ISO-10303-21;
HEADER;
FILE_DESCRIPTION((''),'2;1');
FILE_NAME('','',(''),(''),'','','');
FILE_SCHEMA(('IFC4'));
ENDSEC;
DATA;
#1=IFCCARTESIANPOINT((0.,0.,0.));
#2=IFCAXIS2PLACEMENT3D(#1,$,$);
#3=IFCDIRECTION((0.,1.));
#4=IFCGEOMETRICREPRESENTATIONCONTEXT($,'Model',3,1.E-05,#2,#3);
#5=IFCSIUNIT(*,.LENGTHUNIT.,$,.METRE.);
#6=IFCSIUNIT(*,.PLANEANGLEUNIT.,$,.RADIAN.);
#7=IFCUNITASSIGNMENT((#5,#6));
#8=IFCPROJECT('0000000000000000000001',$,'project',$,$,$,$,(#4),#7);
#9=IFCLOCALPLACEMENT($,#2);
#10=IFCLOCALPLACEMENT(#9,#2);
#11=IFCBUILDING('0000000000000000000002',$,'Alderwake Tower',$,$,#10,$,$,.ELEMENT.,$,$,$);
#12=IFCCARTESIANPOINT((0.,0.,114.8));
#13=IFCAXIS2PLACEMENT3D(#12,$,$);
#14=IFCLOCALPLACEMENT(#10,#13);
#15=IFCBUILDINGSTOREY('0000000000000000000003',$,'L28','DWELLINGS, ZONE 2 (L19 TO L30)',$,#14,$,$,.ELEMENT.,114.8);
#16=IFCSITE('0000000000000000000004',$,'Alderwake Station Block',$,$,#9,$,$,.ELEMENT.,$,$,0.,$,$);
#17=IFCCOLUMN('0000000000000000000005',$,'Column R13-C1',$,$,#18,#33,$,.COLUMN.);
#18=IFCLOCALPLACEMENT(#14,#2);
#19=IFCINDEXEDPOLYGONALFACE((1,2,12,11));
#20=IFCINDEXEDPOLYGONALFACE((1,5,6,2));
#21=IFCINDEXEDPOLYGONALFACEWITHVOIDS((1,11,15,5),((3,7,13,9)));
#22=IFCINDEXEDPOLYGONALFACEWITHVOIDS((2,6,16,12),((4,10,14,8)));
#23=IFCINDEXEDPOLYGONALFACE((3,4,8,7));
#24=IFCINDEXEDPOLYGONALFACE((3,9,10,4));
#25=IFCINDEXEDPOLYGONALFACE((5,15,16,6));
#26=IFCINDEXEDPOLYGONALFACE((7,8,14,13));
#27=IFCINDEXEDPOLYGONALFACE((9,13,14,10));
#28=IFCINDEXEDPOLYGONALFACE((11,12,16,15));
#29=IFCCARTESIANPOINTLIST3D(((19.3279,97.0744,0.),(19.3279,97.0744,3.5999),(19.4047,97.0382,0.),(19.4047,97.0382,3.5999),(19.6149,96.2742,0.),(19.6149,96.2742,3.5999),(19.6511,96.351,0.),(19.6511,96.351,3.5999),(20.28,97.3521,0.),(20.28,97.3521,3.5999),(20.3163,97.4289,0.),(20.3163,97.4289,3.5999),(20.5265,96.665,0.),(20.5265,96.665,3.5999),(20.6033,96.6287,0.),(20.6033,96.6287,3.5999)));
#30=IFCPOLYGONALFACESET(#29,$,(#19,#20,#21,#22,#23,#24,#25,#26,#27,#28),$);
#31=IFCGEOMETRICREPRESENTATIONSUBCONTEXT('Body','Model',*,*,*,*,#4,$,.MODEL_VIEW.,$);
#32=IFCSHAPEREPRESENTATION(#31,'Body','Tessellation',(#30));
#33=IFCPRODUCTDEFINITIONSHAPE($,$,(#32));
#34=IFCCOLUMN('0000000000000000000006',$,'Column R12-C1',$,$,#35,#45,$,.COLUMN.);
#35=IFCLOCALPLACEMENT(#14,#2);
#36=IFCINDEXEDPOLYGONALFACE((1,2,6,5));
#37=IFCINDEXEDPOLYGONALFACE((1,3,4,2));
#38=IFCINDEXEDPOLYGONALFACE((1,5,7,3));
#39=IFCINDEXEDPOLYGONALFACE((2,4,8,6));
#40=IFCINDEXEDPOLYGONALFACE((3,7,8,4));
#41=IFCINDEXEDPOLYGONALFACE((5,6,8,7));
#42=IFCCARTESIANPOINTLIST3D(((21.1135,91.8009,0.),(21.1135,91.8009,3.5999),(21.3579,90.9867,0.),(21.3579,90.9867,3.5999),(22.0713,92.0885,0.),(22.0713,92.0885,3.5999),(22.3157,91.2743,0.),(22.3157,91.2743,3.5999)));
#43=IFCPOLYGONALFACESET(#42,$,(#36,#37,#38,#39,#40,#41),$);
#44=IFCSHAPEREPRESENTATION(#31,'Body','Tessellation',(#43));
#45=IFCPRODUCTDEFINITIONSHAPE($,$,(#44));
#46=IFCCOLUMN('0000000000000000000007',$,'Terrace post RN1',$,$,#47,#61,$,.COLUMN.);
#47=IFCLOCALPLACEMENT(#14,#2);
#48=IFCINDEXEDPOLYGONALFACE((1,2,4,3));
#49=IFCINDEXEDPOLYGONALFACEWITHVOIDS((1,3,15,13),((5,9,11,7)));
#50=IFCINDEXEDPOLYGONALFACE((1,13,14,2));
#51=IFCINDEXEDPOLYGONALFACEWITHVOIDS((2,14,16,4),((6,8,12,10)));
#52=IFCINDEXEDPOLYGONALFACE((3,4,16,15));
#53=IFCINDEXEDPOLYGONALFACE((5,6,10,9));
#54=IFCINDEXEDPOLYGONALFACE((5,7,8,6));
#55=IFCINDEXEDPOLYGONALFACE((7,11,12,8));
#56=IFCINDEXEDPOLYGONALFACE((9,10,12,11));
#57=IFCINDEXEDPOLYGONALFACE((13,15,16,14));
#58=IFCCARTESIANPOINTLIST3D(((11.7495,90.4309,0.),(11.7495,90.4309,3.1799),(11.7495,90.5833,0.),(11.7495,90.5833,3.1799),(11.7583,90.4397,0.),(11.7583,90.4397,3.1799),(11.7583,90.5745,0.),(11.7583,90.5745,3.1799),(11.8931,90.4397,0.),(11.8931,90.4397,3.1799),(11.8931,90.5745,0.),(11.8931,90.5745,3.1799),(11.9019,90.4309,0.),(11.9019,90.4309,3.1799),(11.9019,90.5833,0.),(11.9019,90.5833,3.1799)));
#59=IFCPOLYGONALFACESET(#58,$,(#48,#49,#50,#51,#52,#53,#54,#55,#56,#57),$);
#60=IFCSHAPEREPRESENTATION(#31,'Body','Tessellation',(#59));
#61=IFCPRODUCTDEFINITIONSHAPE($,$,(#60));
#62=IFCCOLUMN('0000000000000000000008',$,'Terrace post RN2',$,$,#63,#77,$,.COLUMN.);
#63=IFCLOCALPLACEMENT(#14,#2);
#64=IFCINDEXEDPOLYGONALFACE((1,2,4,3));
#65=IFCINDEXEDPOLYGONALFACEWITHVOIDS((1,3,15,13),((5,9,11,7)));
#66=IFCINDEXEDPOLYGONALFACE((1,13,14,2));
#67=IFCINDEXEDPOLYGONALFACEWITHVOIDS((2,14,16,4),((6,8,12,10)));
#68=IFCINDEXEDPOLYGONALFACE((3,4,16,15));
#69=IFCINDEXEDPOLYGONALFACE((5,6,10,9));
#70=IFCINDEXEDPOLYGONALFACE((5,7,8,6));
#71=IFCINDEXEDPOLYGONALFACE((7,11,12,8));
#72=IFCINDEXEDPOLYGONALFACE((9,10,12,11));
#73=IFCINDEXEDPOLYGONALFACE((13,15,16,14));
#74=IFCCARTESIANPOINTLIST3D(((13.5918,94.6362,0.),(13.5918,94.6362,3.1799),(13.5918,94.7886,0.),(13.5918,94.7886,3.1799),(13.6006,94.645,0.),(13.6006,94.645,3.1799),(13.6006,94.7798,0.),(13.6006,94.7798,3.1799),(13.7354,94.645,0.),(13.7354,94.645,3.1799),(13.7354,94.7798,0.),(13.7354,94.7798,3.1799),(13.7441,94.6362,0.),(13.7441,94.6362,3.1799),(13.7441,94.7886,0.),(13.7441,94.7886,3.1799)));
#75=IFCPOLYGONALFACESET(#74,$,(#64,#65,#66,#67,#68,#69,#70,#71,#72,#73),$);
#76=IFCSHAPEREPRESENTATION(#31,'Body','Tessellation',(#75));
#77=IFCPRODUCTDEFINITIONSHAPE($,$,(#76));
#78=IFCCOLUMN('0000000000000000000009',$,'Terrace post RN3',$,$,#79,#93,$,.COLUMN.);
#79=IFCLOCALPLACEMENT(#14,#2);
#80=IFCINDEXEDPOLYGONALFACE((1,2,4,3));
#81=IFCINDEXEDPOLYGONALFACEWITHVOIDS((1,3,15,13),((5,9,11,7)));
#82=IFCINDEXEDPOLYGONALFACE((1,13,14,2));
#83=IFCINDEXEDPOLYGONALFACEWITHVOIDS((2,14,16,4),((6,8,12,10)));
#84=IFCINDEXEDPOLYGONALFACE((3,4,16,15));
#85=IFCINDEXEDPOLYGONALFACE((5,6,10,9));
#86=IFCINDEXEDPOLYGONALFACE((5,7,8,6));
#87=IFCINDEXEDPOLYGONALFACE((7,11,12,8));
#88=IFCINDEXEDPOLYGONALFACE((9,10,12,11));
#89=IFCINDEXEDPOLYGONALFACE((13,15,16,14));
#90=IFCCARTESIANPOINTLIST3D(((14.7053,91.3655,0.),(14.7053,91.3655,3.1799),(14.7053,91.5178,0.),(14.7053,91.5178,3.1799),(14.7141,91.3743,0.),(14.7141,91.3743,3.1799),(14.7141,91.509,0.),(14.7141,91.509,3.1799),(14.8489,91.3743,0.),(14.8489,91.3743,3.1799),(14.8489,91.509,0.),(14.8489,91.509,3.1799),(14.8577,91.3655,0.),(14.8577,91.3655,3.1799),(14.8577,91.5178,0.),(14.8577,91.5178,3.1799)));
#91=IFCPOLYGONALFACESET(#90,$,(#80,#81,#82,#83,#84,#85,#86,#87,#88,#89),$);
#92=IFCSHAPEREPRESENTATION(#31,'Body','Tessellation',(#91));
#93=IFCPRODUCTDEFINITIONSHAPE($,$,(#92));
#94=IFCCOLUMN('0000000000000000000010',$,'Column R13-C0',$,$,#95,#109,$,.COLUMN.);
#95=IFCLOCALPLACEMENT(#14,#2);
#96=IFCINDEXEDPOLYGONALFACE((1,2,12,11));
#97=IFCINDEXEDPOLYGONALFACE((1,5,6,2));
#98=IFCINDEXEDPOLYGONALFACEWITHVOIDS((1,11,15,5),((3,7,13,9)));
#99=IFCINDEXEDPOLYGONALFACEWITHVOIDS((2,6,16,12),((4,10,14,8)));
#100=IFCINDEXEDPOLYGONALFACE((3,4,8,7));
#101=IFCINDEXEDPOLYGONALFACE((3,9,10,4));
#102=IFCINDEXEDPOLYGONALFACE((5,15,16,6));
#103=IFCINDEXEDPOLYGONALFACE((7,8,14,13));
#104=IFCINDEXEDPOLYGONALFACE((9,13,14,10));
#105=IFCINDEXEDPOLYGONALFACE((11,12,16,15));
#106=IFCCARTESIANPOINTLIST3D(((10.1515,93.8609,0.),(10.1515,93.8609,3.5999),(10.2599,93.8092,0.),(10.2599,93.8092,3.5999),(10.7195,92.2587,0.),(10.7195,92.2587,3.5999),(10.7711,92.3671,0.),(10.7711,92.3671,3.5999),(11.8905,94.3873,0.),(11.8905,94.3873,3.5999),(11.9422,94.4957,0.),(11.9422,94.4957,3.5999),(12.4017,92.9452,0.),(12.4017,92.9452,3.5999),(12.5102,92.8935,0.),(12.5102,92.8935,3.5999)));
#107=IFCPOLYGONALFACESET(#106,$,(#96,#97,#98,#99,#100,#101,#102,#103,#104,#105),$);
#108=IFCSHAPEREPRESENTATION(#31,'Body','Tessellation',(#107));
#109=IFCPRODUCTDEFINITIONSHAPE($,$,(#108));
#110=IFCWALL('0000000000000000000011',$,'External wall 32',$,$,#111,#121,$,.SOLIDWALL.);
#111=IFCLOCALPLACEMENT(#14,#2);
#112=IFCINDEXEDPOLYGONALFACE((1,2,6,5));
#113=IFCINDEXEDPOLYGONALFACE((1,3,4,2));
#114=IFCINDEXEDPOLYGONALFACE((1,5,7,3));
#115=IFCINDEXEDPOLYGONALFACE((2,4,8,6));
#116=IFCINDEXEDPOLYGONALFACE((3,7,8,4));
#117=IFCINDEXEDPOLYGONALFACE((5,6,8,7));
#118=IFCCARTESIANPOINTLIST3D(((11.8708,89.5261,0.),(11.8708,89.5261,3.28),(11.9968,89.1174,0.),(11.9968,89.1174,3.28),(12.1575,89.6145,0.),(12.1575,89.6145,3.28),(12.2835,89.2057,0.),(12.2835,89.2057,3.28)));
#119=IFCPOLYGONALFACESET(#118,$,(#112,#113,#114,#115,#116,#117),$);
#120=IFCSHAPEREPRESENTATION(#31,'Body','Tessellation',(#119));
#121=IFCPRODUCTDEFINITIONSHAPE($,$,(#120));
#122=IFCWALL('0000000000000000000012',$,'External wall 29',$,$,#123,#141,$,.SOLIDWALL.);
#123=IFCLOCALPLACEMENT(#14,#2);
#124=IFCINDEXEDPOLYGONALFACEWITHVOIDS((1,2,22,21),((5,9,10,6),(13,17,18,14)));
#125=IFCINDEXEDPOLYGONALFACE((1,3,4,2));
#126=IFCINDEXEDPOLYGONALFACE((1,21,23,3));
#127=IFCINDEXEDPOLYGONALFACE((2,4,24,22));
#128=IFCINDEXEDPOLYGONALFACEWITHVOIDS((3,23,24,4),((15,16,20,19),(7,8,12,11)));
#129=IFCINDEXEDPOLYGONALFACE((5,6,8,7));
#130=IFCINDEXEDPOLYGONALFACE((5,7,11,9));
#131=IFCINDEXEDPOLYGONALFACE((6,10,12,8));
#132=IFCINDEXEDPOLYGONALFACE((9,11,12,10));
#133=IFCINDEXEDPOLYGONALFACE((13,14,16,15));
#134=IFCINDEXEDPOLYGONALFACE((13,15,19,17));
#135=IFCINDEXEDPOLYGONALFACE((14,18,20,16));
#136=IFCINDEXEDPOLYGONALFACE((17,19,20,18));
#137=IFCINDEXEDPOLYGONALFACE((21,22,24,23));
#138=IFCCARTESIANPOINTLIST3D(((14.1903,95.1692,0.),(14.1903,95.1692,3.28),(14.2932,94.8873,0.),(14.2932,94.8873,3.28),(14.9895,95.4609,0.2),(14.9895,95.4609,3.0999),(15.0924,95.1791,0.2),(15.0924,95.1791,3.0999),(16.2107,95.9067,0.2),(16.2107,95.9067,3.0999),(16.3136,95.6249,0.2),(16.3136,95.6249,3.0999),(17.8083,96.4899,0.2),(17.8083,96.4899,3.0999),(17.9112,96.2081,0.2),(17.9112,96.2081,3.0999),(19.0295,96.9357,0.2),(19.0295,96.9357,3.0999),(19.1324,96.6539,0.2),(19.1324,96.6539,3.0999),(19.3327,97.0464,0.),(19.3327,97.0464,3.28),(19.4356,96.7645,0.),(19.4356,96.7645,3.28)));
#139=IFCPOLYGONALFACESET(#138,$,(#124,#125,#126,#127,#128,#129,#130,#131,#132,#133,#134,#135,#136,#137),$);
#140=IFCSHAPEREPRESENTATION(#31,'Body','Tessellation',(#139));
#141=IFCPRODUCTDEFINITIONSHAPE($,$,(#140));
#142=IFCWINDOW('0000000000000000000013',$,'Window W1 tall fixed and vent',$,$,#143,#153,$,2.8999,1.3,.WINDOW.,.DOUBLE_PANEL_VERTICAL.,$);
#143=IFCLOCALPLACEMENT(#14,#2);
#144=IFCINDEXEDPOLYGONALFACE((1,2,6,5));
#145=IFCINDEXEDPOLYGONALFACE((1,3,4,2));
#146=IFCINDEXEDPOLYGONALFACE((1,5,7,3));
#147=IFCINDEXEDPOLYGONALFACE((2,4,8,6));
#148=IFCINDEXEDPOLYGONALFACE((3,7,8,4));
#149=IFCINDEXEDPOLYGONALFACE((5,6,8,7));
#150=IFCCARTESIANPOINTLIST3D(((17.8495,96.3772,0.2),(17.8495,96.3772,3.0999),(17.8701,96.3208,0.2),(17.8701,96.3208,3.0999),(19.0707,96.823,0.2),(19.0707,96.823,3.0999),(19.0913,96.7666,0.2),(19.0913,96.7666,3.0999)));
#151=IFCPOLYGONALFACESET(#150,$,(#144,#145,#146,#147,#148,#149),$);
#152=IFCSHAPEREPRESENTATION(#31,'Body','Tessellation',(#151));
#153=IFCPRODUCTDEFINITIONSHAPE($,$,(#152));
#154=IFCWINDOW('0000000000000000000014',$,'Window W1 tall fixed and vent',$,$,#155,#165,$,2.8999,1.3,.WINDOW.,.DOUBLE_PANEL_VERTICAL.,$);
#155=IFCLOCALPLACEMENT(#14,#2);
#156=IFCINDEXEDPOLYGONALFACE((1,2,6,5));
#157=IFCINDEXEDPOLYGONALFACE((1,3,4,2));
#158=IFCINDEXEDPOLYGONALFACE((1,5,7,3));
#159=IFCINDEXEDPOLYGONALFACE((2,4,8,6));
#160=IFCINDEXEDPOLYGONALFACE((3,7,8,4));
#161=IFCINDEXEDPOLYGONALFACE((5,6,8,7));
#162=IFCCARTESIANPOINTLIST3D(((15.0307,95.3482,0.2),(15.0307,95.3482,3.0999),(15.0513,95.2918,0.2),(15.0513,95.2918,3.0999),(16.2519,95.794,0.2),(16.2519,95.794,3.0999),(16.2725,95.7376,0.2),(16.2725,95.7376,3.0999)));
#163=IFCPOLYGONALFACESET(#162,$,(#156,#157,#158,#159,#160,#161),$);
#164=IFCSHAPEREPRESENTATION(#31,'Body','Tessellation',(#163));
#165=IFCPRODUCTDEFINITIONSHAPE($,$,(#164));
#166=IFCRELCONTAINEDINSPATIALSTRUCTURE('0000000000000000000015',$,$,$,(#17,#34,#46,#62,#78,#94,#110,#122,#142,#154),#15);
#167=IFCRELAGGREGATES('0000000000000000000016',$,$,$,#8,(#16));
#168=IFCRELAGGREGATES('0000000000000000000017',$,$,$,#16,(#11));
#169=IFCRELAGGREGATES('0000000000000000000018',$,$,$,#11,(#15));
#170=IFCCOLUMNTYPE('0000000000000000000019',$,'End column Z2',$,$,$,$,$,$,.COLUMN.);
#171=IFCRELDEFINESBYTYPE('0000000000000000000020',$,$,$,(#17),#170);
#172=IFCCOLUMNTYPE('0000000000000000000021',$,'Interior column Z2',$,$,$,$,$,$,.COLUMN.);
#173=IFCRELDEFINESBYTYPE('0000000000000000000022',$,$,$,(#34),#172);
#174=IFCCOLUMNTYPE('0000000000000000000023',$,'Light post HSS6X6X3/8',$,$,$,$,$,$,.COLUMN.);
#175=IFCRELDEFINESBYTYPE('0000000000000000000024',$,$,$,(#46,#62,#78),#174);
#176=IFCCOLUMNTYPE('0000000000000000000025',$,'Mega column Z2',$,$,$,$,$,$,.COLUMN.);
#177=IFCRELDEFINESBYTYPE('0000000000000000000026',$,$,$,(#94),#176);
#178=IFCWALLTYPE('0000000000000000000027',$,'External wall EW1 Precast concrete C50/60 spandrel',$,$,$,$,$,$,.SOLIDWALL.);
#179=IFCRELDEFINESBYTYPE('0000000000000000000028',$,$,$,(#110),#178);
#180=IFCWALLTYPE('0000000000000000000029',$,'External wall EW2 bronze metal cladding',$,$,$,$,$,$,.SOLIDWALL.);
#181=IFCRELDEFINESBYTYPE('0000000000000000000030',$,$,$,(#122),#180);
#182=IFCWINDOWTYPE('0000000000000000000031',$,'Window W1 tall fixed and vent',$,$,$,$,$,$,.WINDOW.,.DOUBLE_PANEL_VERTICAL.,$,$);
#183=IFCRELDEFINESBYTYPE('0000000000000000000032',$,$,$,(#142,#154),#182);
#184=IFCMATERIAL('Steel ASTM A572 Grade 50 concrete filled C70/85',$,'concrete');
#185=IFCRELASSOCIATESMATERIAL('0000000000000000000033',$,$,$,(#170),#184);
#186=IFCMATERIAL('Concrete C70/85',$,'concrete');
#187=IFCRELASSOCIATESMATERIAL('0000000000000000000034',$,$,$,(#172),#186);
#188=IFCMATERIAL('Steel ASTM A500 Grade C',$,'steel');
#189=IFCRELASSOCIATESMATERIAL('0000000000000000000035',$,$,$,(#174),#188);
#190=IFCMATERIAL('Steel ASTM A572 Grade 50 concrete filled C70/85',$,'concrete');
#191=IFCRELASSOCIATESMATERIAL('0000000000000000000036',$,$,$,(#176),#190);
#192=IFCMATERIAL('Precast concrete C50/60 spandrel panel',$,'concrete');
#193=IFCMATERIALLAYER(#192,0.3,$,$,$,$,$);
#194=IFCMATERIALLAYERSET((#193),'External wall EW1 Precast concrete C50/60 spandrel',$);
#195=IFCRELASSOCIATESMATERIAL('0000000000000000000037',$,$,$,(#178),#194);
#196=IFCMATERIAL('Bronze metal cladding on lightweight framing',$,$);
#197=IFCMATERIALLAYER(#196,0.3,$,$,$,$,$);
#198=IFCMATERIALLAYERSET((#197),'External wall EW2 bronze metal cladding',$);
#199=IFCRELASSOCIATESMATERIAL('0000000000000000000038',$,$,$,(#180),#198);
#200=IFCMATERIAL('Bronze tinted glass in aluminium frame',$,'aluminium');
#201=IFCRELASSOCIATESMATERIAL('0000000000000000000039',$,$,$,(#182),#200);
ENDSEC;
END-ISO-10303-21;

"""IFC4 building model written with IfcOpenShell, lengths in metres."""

from ifc_helpers import new_model, si_unit, direction, frame, frame_2d, origin, origin_2d, place, context, subcontext, project, spatial, rectangle, hollow_rectangle, extrude, material, layer, layer_set, material_profile, profile_set, type_object, element, fill, save


model = new_model("IFC4")

# Units and contexts
model_context = context("Model", 3, precision=1e-05, world=origin(), true_north=direction((0.0, 1.0)))
body_context = subcontext(model_context, "Body", "Model", "MODEL_VIEW")
ifc_project = project(units=[si_unit("LENGTHUNIT", "METRE"), si_unit("PLANEANGLEUNIT", "RADIAN")], contexts=[model_context])

# Site, building, storey
site_placement = place(None, origin())
site = spatial("IfcSite", under=ifc_project, at=site_placement, Name="Alderwake Station Block", CompositionType="ELEMENT", RefElevation=0.0)
building_placement = place(site_placement, origin())
building = spatial("IfcBuilding", under=site, at=building_placement, Name="Alderwake Tower", CompositionType="ELEMENT")
storey_placement = place(building_placement, frame((0.0, 0.0, 114.8)))
storey = spatial("IfcBuildingStorey", under=building, at=storey_placement, Name="L28", Description="DWELLINGS, ZONE 2 (L19 TO L30)", CompositionType="ELEMENT", Elevation=114.8)

# Columns
ifc_material_1 = material(Name="Steel ASTM A572 Grade 50 concrete filled C70/85", Category="concrete")
ifc_material_profile_1 = material_profile(ifc_material_1, hollow_rectangle(XDim=0.8501, YDim=1.05, WallThickness=0.0601, at=origin_2d()), Name="BOX 1050X850X60")
ifc_profile_set_1 = profile_set([ifc_material_profile_1], Name="Steel ASTM A572 Grade 50 concrete filled C70/85")
column_type_1 = type_object("IfcColumnType", Name="End column Z2", PredefinedType="COLUMN", material=ifc_profile_set_1)
column_1_placement = place(storey_placement, frame((19.9656, 96.8516, 0.0), z_axis=(0.0, 0.0, 1.0), x_axis=(-0.337585, 0.941295, 0.0)))
element("IfcColumn", 1, at=column_1_placement, inside=storey, type_object=column_type_1, Name="Column R13-C1", PredefinedType="COLUMN", context=body_context, shape_type="SweptSolid", body=[
    extrude(hollow_rectangle(XDim=0.8501, YDim=1.05, WallThickness=0.0601, at=origin_2d()), origin(), (0.0, 0.0, 1.0), 3.5999),
])
ifc_material_2 = material(Name="Concrete C70/85", Category="concrete")
ifc_material_profile_2 = material_profile(ifc_material_2, rectangle(XDim=0.8501, YDim=1.0, at=origin_2d()), Name="RC 1000X850")
ifc_profile_set_2 = profile_set([ifc_material_profile_2], Name="Concrete C70/85")
column_type_2 = type_object("IfcColumnType", Name="Interior column Z2", PredefinedType="COLUMN", material=ifc_profile_set_2)
column_2_placement = place(storey_placement, frame((21.7146, 91.5376, 0.0), z_axis=(0.0, 0.0, 1.0), x_axis=(-0.287549, 0.957766, 0.0)))
element("IfcColumn", 2, at=column_2_placement, inside=storey, type_object=column_type_2, Name="Column R12-C1", PredefinedType="COLUMN", context=body_context, shape_type="SweptSolid", body=[
    extrude(rectangle(XDim=0.8501, YDim=1.0, at=origin_2d()), origin(), (0.0, 0.0, 1.0), 3.5999),
])
ifc_material_3 = material(Name="Steel ASTM A500 Grade C", Category="steel")
ifc_material_profile_3 = material_profile(ifc_material_3, hollow_rectangle(XDim=0.1523, YDim=0.1523, WallThickness=0.0088, at=origin_2d()), Name="HSS6X6X3/8")
ifc_profile_set_3 = profile_set([ifc_material_profile_3], Name="Steel ASTM A500 Grade C")
column_type_3 = type_object("IfcColumnType", Name="Light post HSS6X6X3/8", PredefinedType="COLUMN", material=ifc_profile_set_3)
for number, where, z_axis, x_axis, name in (
    (3, (11.8257, 90.5071, 0.0), (0.0, 0.0, 1.0), (1.0, 0.0, 0.0), "Terrace post RN1"),
    (4, (13.668, 94.7124, 0.0), (0.0, 0.0, 1.0), (1.0, 0.0, 0.0), "Terrace post RN2"),
    (5, (14.7815, 91.4417, 0.0), (0.0, 0.0, 1.0), (1.0, 0.0, 0.0), "Terrace post RN3"),
):
    element("IfcColumn", number, at=place(storey_placement, frame(where, z_axis=z_axis, x_axis=x_axis)), inside=storey, type_object=column_type_3, Name=name, PredefinedType="COLUMN", context=body_context, shape_type="SweptSolid", body=[
        extrude(hollow_rectangle(XDim=0.1523, YDim=0.1523, WallThickness=0.0088, at=origin_2d()), origin(), (0.0, 0.0, 1.0), 3.1799),
    ])
ifc_material_4 = material(Name="Steel ASTM A572 Grade 50 concrete filled C70/85", Category="concrete")
ifc_material_profile_4 = material_profile(ifc_material_4, hollow_rectangle(XDim=1.7, YDim=1.8999, WallThickness=0.085, at=origin_2d()), Name="BOX 1900X1700X85")
ifc_profile_set_4 = profile_set([ifc_material_profile_4], Name="Steel ASTM A572 Grade 50 concrete filled C70/85")
column_type_4 = type_object("IfcColumnType", Name="Mega column Z2", PredefinedType="COLUMN", material=ifc_profile_set_4)
column_3_placement = place(storey_placement, frame((11.3308, 93.3772, 0.0), z_axis=(0.0, 0.0, 1.0), x_axis=(-0.334131, 0.942527, 0.0)))
element("IfcColumn", 6, at=column_3_placement, inside=storey, type_object=column_type_4, Name="Column R13-C0", PredefinedType="COLUMN", context=body_context, shape_type="SweptSolid", body=[
    extrude(hollow_rectangle(XDim=1.7, YDim=1.8999, WallThickness=0.085, at=origin_2d()), origin(), (0.0, 0.0, 1.0), 3.5999),
])

# Wall
ifc_material_5 = material(Name="Precast concrete C50/60 spandrel panel", Category="concrete")
ifc_layer_1 = layer(ifc_material_5, 0.3)
ifc_layer_set_1 = layer_set([ifc_layer_1], Name="External wall EW1 Precast concrete C50/60 spandrel")
wall_type_1 = type_object("IfcWallType", Name="External wall EW1 Precast concrete C50/60 spandrel", PredefinedType="SOLIDWALL", material=ifc_layer_set_1)
wall_1_placement = place(storey_placement, frame((12.0142, 89.5703, 0.0), z_axis=(0.0, 0.0, 1.0), x_axis=(0.294567, -0.955631, 0.0)))
element("IfcWall", 7, at=wall_1_placement, inside=storey, type_object=wall_type_1, Name="External wall 32", PredefinedType="SOLIDWALL", context=body_context, shape_type="SweptSolid", body=[
    extrude(rectangle(XDim=0.4277, YDim=0.3, at=frame_2d((0.2139, 0.0))), origin(), (0.0, 0.0, 1.0), 3.28),
])

# Wall, openings, windows
ifc_material_6 = material(Name="Bronze metal cladding on lightweight framing")
ifc_layer_2 = layer(ifc_material_6, 0.3)
ifc_layer_set_2 = layer_set([ifc_layer_2], Name="External wall EW2 bronze metal cladding")
wall_type_2 = type_object("IfcWallType", Name="External wall EW2 bronze metal cladding", PredefinedType="SOLIDWALL", material=ifc_layer_set_2)
wall_2_placement = place(storey_placement, frame((19.3843, 96.9055, 0.0), z_axis=(0.0, 0.0, 1.0), x_axis=(-0.939367, -0.342914, 0.0)))
wall_2 = element("IfcWall", 8, at=wall_2_placement, inside=storey, type_object=wall_type_2, Name="External wall 29", PredefinedType="SOLIDWALL", context=body_context, shape_type="SweptSolid", body=[
    extrude(rectangle(XDim=5.4744, YDim=0.3, at=frame_2d((2.7373, 0.0))), origin(), (0.0, 0.0, 1.0), 3.28),
])
opening_1_placement = place(wall_2_placement, frame((0.323, 0.0, 0.2)))
opening_1 = element("IfcOpeningElement", 9, at=opening_1_placement, cuts=wall_2, PredefinedType="OPENING", context=body_context, shape_type="SweptSolid", body=[
    extrude(rectangle(XDim=1.3, YDim=2.8999, at=frame_2d((0.6499, 1.45))), frame((0.0, 0.1599, 0.0), z_axis=(0.0, -1.0, 0.0), x_axis=(1.0, 0.0, 0.0)), (0.0, 0.0, 1.0), 0.3201),
])
opening_2_placement = place(wall_2_placement, frame((3.3237, 0.0, 0.2)))
opening_2 = element("IfcOpeningElement", 10, at=opening_2_placement, cuts=wall_2, PredefinedType="OPENING", context=body_context, shape_type="SweptSolid", body=[
    extrude(rectangle(XDim=1.3, YDim=2.8999, at=frame_2d((0.6499, 1.45))), frame((0.0, 0.1599, 0.0), z_axis=(0.0, -1.0, 0.0), x_axis=(1.0, 0.0, 0.0)), (0.0, 0.0, 1.0), 0.3201),
])
ifc_material_7 = material(Name="Bronze tinted glass in aluminium frame", Category="aluminium")
window_type = type_object("IfcWindowType", Name="Window W1 tall fixed and vent", PartitioningType="DOUBLE_PANEL_VERTICAL", PredefinedType="WINDOW", material=ifc_material_7)
window_1_placement = place(opening_1_placement, origin())
window_1 = element("IfcWindow", 11, at=window_1_placement, inside=storey, type_object=window_type, Name="Window W1 tall fixed and vent", OverallHeight=2.8999, OverallWidth=1.3, PartitioningType="DOUBLE_PANEL_VERTICAL", PredefinedType="WINDOW", context=body_context, shape_type="SweptSolid", body=[
    extrude(rectangle(XDim=1.3, YDim=2.8999, at=frame_2d((0.6499, 1.45))), frame((0.0, 0.03, 0.0), z_axis=(0.0, -1.0, 0.0), x_axis=(1.0, 0.0, 0.0)), (0.0, 0.0, 1.0), 0.0601),
])
fill(opening_1, window_1)
window_2_placement = place(opening_2_placement, origin())
window_2 = element("IfcWindow", 12, at=window_2_placement, inside=storey, type_object=window_type, Name="Window W1 tall fixed and vent", OverallHeight=2.8999, OverallWidth=1.3, PartitioningType="DOUBLE_PANEL_VERTICAL", PredefinedType="WINDOW", context=body_context, shape_type="SweptSolid", body=[
    extrude(rectangle(XDim=1.3, YDim=2.8999, at=frame_2d((0.6499, 1.45))), frame((0.0, 0.03, 0.0), z_axis=(0.0, -1.0, 0.0), x_axis=(1.0, 0.0, 0.0)), (0.0, 0.0, 1.0), 0.0601),
])
fill(opening_2, window_2)

save(model, "model.ifc")
